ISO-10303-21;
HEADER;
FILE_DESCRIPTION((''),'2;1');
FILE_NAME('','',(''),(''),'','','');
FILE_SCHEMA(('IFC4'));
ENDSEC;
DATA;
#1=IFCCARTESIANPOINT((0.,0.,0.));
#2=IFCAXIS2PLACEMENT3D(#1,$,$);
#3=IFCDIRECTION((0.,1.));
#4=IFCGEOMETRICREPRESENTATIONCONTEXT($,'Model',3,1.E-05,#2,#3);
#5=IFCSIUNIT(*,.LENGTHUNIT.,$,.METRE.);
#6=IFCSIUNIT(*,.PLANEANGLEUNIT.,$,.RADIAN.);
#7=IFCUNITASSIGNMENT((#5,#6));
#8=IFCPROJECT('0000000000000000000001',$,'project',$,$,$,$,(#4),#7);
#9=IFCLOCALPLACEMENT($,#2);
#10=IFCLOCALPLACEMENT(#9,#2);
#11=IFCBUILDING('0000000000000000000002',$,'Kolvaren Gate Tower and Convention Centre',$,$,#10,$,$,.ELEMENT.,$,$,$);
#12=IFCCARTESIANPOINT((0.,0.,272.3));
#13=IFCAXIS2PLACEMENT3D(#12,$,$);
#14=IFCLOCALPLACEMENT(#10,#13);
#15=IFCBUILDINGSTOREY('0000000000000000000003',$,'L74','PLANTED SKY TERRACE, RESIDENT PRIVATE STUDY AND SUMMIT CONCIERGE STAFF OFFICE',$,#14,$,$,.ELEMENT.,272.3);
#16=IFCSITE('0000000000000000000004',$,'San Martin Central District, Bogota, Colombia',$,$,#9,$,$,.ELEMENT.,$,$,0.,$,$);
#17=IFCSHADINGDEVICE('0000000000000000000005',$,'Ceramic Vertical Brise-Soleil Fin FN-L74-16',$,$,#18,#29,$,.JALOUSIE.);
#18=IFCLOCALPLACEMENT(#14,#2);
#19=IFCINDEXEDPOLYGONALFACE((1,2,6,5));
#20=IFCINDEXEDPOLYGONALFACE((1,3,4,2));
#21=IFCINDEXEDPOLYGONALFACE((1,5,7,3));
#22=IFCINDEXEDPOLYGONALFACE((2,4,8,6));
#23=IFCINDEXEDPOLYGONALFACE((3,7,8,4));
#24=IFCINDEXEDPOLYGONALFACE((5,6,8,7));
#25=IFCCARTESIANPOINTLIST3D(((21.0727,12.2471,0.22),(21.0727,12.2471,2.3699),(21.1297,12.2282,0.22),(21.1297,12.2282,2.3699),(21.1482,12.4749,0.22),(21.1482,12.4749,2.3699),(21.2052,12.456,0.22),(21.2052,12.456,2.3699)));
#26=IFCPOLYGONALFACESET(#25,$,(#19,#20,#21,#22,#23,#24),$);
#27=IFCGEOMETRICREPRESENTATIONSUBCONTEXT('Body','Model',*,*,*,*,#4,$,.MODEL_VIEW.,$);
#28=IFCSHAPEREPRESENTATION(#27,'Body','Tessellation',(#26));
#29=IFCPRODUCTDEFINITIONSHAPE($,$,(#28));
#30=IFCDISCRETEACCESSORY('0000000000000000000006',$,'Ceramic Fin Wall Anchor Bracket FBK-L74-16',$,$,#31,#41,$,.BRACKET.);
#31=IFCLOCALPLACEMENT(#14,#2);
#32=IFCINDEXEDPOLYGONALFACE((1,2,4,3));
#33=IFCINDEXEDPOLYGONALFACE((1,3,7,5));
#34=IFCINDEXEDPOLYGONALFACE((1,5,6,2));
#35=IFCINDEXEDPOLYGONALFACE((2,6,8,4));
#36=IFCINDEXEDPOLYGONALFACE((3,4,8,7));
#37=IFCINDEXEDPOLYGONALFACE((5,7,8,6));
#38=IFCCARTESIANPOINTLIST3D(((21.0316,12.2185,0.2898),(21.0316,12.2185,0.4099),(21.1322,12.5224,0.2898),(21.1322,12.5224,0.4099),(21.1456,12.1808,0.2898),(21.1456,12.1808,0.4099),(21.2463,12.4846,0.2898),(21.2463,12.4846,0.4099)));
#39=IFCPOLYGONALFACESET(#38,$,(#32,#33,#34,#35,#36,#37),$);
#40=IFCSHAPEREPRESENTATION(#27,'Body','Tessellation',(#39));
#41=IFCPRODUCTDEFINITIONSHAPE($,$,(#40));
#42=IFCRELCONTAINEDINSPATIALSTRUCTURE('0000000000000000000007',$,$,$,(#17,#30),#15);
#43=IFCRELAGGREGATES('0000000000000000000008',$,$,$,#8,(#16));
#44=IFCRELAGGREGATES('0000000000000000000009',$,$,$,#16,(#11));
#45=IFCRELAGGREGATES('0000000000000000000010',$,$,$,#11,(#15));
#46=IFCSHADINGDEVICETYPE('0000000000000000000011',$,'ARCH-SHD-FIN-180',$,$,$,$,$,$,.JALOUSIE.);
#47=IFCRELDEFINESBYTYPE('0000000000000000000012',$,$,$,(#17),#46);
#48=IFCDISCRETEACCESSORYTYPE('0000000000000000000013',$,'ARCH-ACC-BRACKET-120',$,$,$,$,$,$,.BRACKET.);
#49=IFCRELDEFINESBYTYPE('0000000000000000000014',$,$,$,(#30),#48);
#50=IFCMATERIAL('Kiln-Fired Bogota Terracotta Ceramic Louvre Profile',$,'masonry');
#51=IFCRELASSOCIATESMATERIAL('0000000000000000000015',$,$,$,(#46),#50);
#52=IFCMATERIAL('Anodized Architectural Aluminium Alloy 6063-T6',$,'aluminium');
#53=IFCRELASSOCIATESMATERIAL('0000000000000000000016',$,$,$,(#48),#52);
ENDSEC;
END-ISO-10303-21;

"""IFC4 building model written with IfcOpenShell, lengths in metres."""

from ifc_helpers import new_model, si_unit, direction, frame, origin, origin_2d, place, context, subcontext, project, spatial, rectangle, extrude, material, type_object, element, save


model = new_model("IFC4")

# Units and contexts
model_context = context("Model", 3, precision=1e-05, world=origin(), true_north=direction((0.0, 1.0)))
body_context = subcontext(model_context, "Body", "Model", "MODEL_VIEW")
ifc_project = project(units=[si_unit("LENGTHUNIT", "METRE"), si_unit("PLANEANGLEUNIT", "RADIAN")], contexts=[model_context])

# Site, building, storey
site_placement = place(None, origin())
site = spatial("IfcSite", under=ifc_project, at=site_placement, Name="San Martin Central District, Bogota, Colombia", CompositionType="ELEMENT", RefElevation=0.0)
building_placement = place(site_placement, origin())
building = spatial("IfcBuilding", under=site, at=building_placement, Name="Kolvaren Gate Tower and Convention Centre", CompositionType="ELEMENT")
storey_placement = place(building_placement, frame((0.0, 0.0, 272.3)))
storey = spatial("IfcBuildingStorey", under=building, at=storey_placement, Name="L74", Description="PLANTED SKY TERRACE, RESIDENT PRIVATE STUDY AND SUMMIT CONCIERGE STAFF OFFICE", CompositionType="ELEMENT", Elevation=272.3)

# Shading device
ifc_material_1 = material(Name="Kiln-Fired Bogota Terracotta Ceramic Louvre Profile", Category="masonry")
shading_device_type = type_object("IfcShadingDeviceType", Name="ARCH-SHD-FIN-180", PredefinedType="JALOUSIE", material=ifc_material_1)
shading_device_placement = place(storey_placement, frame((21.1389, 12.3516, 0.22), z_axis=(0.0, 0.0, 1.0), x_axis=(0.949243, -0.314543, 0.0)))
element("IfcShadingDevice", 1, at=shading_device_placement, inside=storey, type_object=shading_device_type, Name="Ceramic Vertical Brise-Soleil Fin FN-L74-16", PredefinedType="JALOUSIE", context=body_context, shape_type="SweptSolid", body=[
    extrude(rectangle(XDim=0.0601, YDim=0.24, at=origin_2d()), origin(), (0.0, 0.0, 1.0), 2.1499),
])

# Discrete accessory
ifc_material_2 = material(Name="Anodized Architectural Aluminium Alloy 6063-T6", Category="aluminium")
discrete_accessory_type = type_object("IfcDiscreteAccessoryType", Name="ARCH-ACC-BRACKET-120", PredefinedType="BRACKET", material=ifc_material_2)
discrete_accessory_placement = place(storey_placement, frame((21.1389, 12.3516, 0.2898), z_axis=(0.0, 0.0, 1.0), x_axis=(0.949243, -0.314543, 0.0)))
element("IfcDiscreteAccessory", 2, at=discrete_accessory_placement, inside=storey, type_object=discrete_accessory_type, Name="Ceramic Fin Wall Anchor Bracket FBK-L74-16", PredefinedType="BRACKET", context=body_context, shape_type="SweptSolid", body=[
    extrude(rectangle(XDim=0.1201, YDim=0.3201, at=origin_2d()), origin(), (0.0, 0.0, 1.0), 0.1201),
])

save(model, "model.ifc")
